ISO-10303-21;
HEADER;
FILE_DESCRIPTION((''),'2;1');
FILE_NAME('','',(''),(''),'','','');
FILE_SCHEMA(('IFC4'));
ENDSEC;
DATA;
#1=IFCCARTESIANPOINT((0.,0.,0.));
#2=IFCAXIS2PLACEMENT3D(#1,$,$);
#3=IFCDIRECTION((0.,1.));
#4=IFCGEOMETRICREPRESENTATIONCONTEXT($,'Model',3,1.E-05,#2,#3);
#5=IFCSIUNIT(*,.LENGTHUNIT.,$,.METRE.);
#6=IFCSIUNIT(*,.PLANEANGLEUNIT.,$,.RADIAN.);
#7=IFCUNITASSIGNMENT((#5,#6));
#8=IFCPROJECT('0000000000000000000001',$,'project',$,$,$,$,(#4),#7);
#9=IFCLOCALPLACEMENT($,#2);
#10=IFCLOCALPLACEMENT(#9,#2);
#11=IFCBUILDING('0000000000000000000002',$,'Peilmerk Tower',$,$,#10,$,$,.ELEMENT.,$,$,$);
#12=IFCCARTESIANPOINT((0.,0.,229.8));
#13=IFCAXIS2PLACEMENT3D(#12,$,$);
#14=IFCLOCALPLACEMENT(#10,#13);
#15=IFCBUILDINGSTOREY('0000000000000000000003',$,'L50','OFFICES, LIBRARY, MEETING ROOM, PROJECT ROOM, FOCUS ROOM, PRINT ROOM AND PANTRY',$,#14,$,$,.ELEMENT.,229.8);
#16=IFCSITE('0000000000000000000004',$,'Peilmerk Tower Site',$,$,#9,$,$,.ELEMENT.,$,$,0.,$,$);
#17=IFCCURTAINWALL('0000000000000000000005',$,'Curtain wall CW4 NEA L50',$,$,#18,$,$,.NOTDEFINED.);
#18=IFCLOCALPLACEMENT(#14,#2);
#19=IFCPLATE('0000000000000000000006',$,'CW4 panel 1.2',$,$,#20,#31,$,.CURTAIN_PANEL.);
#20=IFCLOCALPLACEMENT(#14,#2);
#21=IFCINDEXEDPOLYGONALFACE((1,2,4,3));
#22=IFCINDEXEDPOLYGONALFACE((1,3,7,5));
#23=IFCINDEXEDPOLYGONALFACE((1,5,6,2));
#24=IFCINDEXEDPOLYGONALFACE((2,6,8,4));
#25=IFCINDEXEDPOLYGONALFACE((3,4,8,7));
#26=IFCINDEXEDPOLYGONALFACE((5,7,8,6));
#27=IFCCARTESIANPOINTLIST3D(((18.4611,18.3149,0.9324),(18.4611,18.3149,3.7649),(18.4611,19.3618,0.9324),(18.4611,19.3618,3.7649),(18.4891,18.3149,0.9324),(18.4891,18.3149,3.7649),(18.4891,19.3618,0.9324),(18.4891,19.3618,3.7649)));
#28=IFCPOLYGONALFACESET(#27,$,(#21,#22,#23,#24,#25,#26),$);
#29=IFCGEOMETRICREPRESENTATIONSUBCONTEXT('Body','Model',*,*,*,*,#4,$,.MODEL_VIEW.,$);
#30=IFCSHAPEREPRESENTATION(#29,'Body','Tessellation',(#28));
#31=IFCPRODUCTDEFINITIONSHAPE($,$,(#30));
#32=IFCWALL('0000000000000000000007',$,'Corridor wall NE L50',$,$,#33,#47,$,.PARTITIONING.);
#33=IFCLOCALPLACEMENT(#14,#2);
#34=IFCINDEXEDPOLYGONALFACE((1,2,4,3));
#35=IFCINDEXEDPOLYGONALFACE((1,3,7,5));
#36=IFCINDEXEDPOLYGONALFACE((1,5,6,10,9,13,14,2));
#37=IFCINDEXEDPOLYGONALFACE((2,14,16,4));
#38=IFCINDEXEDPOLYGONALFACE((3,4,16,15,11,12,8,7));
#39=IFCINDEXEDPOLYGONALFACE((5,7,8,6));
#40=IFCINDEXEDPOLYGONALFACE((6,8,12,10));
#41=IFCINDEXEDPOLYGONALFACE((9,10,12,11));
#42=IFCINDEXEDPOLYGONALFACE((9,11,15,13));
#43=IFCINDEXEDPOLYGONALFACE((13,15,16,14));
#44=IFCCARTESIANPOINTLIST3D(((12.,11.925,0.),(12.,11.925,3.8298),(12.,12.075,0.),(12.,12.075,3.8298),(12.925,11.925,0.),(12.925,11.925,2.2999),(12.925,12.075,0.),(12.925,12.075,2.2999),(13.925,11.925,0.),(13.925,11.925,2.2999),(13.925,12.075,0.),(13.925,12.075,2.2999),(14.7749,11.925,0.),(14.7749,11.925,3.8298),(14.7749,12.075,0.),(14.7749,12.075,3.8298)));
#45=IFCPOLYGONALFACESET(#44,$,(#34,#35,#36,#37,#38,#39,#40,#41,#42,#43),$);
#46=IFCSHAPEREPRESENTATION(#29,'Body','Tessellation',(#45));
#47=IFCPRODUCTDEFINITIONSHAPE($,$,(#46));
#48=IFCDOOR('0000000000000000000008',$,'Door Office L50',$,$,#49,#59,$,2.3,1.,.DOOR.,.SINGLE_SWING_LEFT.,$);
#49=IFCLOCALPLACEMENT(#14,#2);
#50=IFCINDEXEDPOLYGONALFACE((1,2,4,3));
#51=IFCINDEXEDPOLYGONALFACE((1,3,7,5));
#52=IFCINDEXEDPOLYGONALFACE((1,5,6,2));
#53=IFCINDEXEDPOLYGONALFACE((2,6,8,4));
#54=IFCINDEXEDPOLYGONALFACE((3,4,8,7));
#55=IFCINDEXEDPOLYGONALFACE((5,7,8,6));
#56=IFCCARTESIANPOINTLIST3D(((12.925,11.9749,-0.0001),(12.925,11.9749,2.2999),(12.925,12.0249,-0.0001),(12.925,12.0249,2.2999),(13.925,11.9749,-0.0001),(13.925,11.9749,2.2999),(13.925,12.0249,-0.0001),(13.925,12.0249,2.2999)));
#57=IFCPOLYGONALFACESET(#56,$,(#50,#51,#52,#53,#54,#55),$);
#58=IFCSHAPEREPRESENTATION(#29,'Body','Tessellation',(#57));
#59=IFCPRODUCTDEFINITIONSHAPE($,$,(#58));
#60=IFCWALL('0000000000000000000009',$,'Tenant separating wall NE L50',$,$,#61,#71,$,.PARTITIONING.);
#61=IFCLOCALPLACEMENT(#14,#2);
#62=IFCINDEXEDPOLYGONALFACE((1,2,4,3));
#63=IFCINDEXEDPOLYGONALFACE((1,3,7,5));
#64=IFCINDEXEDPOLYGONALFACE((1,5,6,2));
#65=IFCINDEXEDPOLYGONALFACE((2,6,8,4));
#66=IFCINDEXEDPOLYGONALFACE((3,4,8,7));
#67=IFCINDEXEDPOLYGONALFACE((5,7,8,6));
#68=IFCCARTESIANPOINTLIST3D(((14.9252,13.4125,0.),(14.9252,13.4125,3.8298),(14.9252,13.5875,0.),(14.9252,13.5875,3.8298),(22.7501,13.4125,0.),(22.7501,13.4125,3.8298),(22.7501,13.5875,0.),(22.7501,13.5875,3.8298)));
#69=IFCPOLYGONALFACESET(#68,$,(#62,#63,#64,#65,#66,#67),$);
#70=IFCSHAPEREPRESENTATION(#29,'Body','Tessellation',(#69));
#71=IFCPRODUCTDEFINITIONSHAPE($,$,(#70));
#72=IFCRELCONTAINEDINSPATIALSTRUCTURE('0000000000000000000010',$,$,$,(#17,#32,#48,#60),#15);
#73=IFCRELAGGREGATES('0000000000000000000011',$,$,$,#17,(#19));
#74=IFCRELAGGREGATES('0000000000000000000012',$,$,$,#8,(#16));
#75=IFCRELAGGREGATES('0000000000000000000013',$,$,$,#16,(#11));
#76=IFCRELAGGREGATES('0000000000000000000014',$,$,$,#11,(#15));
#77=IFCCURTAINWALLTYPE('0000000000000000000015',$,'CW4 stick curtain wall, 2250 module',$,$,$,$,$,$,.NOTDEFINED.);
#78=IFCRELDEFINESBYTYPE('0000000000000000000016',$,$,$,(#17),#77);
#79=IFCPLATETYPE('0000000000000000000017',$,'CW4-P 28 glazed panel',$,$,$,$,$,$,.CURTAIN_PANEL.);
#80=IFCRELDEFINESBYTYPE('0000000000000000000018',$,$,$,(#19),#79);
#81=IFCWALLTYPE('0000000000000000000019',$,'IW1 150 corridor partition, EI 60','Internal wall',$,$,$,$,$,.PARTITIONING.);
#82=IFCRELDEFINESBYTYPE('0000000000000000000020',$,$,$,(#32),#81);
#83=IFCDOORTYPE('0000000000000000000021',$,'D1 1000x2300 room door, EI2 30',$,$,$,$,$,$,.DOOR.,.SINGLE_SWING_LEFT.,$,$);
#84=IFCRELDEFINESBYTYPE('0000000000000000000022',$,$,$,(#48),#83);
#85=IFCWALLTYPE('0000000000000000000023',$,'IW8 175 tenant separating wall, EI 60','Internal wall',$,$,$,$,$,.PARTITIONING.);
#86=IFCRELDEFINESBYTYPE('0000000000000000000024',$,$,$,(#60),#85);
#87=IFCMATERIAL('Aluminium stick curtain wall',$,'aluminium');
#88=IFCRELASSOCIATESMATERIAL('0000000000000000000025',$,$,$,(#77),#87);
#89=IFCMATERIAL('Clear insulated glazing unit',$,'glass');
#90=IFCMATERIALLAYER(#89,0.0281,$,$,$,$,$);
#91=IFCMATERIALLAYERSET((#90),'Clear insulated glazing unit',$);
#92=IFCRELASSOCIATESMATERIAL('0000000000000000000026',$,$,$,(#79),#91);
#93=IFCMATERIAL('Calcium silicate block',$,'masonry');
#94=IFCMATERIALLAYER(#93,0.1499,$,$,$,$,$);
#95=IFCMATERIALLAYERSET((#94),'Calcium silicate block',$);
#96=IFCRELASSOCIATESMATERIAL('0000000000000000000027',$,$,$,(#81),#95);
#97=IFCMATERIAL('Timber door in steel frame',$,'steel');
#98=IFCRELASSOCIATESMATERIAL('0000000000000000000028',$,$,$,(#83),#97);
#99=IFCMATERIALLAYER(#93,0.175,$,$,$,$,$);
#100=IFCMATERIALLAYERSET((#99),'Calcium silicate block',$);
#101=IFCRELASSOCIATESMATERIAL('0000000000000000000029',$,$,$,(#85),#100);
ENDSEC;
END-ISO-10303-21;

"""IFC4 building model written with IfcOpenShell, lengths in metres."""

from ifc_helpers import new_model, si_unit, direction, frame, frame_2d, origin, origin_2d, place, context, subcontext, project, spatial, rectangle, extrude, material, layer, layer_set, type_object, element, fill, aggregate, save


model = new_model("IFC4")

# Units and contexts
model_context = context("Model", 3, precision=1e-05, world=origin(), true_north=direction((0.0, 1.0)))
body_context = subcontext(model_context, "Body", "Model", "MODEL_VIEW")
ifc_project = project(units=[si_unit("LENGTHUNIT", "METRE"), si_unit("PLANEANGLEUNIT", "RADIAN")], contexts=[model_context])

# Site, building, storey
site_placement = place(None, origin())
site = spatial("IfcSite", under=ifc_project, at=site_placement, Name="Peilmerk Tower Site", CompositionType="ELEMENT", RefElevation=0.0)
building_placement = place(site_placement, origin())
building = spatial("IfcBuilding", under=site, at=building_placement, Name="Peilmerk Tower", CompositionType="ELEMENT")
storey_placement = place(building_placement, frame((0.0, 0.0, 229.8)))
storey = spatial("IfcBuildingStorey", under=building, at=storey_placement, Name="L50", Description="OFFICES, LIBRARY, MEETING ROOM, PROJECT ROOM, FOCUS ROOM, PRINT ROOM AND PANTRY", CompositionType="ELEMENT", Elevation=229.8)

# Curtain wall, plate
ifc_material_1 = material(Name="Aluminium stick curtain wall", Category="aluminium")
curtain_wall_type = type_object("IfcCurtainWallType", Name="CW4 stick curtain wall, 2250 module", PredefinedType="NOTDEFINED", material=ifc_material_1)
curtain_wall_placement = place(storey_placement, origin())
curtain_wall = element("IfcCurtainWall", 1, at=curtain_wall_placement, inside=storey, type_object=curtain_wall_type, Name="Curtain wall CW4 NEA L50", PredefinedType="NOTDEFINED")
ifc_material_2 = material(Name="Clear insulated glazing unit", Category="glass")
ifc_layer_1 = layer(ifc_material_2, 0.0281)
ifc_layer_set_1 = layer_set([ifc_layer_1], Name="Clear insulated glazing unit")
plate_type = type_object("IfcPlateType", Name="CW4-P 28 glazed panel", PredefinedType="CURTAIN_PANEL", material=ifc_layer_set_1)
plate_1_placement = place(storey_placement, frame((18.4751, 18.8384, 0.9324), z_axis=(0.0, 0.0, 1.0), x_axis=(0.0, 1.0, 0.0)))
plate_1 = element("IfcPlate", 2, at=plate_1_placement, type_object=plate_type, Name="CW4 panel 1.2", PredefinedType="CURTAIN_PANEL", context=body_context, shape_type="SweptSolid", body=[
    extrude(rectangle(XDim=1.0469, YDim=0.0281, at=origin_2d()), origin(), (0.0, 0.0, 1.0), 2.8325),
])
aggregate(curtain_wall, [plate_1])

# Wall, opening, door
ifc_material_3 = material(Name="Calcium silicate block", Category="masonry")
ifc_layer_2 = layer(ifc_material_3, 0.1499)
ifc_layer_set_2 = layer_set([ifc_layer_2], Name="Calcium silicate block")
wall_type_1 = type_object("IfcWallType", Name="IW1 150 corridor partition, EI 60", Description="Internal wall", PredefinedType="PARTITIONING", material=ifc_layer_set_2)
wall_1_placement = place(storey_placement, frame((12.0, 12.0, 0.0), z_axis=(0.0, 0.0, 1.0), x_axis=(1.0, 0.0, 0.0)))
wall_1 = element("IfcWall", 3, at=wall_1_placement, inside=storey, type_object=wall_type_1, Name="Corridor wall NE L50", PredefinedType="PARTITIONING", context=body_context, shape_type="SweptSolid", body=[
    extrude(rectangle(XDim=2.7749, YDim=0.1499, at=frame_2d((1.3875, 0.0))), origin(), (0.0, 0.0, 1.0), 3.8298),
])
opening_placement = place(wall_1_placement, frame((0.925, 0.0, 0.0)))
opening = element("IfcOpeningElement", 4, at=opening_placement, cuts=wall_1, PredefinedType="OPENING", context=body_context, shape_type="SweptSolid", body=[
    extrude(rectangle(XDim=1.0, YDim=2.3, at=frame_2d((0.5, 1.1499))), frame((0.0, 0.085, 0.0), z_axis=(0.0, -1.0, 0.0), x_axis=(1.0, 0.0, 0.0)), (0.0, 0.0, 1.0), 0.1699),
])
ifc_material_4 = material(Name="Timber door in steel frame", Category="steel")
door_type = type_object("IfcDoorType", Name="D1 1000x2300 room door, EI2 30", OperationType="SINGLE_SWING_LEFT", PredefinedType="DOOR", material=ifc_material_4)
door_placement = place(opening_placement, origin())
door = element("IfcDoor", 5, at=door_placement, inside=storey, type_object=door_type, Name="Door Office L50", OperationType="SINGLE_SWING_LEFT", OverallHeight=2.3, OverallWidth=1.0, PredefinedType="DOOR", context=body_context, shape_type="SweptSolid", body=[
    extrude(rectangle(XDim=1.0, YDim=2.3, at=frame_2d((0.5, 1.1499))), frame((0.0, 0.0249, 0.0), z_axis=(0.0, -1.0, 0.0), x_axis=(1.0, 0.0, 0.0)), (0.0, 0.0, 1.0), 0.05),
])
fill(opening, door)

# Wall
ifc_layer_3 = layer(ifc_material_3, 0.175)
ifc_layer_set_3 = layer_set([ifc_layer_3], Name="Calcium silicate block")
wall_type_2 = type_object("IfcWallType", Name="IW8 175 tenant separating wall, EI 60", Description="Internal wall", PredefinedType="PARTITIONING", material=ifc_layer_set_3)
wall_2_placement = place(storey_placement, frame((14.925, 13.5, 0.0), z_axis=(0.0, 0.0, 1.0), x_axis=(1.0, 0.0, 0.0)))
element("IfcWall", 6, at=wall_2_placement, inside=storey, type_object=wall_type_2, Name="Tenant separating wall NE L50", PredefinedType="PARTITIONING", context=body_context, shape_type="SweptSolid", body=[
    extrude(rectangle(XDim=7.825, YDim=0.175, at=frame_2d((3.9126, 0.0))), origin(), (0.0, 0.0, 1.0), 3.8298),
])

save(model, "model.ifc")
